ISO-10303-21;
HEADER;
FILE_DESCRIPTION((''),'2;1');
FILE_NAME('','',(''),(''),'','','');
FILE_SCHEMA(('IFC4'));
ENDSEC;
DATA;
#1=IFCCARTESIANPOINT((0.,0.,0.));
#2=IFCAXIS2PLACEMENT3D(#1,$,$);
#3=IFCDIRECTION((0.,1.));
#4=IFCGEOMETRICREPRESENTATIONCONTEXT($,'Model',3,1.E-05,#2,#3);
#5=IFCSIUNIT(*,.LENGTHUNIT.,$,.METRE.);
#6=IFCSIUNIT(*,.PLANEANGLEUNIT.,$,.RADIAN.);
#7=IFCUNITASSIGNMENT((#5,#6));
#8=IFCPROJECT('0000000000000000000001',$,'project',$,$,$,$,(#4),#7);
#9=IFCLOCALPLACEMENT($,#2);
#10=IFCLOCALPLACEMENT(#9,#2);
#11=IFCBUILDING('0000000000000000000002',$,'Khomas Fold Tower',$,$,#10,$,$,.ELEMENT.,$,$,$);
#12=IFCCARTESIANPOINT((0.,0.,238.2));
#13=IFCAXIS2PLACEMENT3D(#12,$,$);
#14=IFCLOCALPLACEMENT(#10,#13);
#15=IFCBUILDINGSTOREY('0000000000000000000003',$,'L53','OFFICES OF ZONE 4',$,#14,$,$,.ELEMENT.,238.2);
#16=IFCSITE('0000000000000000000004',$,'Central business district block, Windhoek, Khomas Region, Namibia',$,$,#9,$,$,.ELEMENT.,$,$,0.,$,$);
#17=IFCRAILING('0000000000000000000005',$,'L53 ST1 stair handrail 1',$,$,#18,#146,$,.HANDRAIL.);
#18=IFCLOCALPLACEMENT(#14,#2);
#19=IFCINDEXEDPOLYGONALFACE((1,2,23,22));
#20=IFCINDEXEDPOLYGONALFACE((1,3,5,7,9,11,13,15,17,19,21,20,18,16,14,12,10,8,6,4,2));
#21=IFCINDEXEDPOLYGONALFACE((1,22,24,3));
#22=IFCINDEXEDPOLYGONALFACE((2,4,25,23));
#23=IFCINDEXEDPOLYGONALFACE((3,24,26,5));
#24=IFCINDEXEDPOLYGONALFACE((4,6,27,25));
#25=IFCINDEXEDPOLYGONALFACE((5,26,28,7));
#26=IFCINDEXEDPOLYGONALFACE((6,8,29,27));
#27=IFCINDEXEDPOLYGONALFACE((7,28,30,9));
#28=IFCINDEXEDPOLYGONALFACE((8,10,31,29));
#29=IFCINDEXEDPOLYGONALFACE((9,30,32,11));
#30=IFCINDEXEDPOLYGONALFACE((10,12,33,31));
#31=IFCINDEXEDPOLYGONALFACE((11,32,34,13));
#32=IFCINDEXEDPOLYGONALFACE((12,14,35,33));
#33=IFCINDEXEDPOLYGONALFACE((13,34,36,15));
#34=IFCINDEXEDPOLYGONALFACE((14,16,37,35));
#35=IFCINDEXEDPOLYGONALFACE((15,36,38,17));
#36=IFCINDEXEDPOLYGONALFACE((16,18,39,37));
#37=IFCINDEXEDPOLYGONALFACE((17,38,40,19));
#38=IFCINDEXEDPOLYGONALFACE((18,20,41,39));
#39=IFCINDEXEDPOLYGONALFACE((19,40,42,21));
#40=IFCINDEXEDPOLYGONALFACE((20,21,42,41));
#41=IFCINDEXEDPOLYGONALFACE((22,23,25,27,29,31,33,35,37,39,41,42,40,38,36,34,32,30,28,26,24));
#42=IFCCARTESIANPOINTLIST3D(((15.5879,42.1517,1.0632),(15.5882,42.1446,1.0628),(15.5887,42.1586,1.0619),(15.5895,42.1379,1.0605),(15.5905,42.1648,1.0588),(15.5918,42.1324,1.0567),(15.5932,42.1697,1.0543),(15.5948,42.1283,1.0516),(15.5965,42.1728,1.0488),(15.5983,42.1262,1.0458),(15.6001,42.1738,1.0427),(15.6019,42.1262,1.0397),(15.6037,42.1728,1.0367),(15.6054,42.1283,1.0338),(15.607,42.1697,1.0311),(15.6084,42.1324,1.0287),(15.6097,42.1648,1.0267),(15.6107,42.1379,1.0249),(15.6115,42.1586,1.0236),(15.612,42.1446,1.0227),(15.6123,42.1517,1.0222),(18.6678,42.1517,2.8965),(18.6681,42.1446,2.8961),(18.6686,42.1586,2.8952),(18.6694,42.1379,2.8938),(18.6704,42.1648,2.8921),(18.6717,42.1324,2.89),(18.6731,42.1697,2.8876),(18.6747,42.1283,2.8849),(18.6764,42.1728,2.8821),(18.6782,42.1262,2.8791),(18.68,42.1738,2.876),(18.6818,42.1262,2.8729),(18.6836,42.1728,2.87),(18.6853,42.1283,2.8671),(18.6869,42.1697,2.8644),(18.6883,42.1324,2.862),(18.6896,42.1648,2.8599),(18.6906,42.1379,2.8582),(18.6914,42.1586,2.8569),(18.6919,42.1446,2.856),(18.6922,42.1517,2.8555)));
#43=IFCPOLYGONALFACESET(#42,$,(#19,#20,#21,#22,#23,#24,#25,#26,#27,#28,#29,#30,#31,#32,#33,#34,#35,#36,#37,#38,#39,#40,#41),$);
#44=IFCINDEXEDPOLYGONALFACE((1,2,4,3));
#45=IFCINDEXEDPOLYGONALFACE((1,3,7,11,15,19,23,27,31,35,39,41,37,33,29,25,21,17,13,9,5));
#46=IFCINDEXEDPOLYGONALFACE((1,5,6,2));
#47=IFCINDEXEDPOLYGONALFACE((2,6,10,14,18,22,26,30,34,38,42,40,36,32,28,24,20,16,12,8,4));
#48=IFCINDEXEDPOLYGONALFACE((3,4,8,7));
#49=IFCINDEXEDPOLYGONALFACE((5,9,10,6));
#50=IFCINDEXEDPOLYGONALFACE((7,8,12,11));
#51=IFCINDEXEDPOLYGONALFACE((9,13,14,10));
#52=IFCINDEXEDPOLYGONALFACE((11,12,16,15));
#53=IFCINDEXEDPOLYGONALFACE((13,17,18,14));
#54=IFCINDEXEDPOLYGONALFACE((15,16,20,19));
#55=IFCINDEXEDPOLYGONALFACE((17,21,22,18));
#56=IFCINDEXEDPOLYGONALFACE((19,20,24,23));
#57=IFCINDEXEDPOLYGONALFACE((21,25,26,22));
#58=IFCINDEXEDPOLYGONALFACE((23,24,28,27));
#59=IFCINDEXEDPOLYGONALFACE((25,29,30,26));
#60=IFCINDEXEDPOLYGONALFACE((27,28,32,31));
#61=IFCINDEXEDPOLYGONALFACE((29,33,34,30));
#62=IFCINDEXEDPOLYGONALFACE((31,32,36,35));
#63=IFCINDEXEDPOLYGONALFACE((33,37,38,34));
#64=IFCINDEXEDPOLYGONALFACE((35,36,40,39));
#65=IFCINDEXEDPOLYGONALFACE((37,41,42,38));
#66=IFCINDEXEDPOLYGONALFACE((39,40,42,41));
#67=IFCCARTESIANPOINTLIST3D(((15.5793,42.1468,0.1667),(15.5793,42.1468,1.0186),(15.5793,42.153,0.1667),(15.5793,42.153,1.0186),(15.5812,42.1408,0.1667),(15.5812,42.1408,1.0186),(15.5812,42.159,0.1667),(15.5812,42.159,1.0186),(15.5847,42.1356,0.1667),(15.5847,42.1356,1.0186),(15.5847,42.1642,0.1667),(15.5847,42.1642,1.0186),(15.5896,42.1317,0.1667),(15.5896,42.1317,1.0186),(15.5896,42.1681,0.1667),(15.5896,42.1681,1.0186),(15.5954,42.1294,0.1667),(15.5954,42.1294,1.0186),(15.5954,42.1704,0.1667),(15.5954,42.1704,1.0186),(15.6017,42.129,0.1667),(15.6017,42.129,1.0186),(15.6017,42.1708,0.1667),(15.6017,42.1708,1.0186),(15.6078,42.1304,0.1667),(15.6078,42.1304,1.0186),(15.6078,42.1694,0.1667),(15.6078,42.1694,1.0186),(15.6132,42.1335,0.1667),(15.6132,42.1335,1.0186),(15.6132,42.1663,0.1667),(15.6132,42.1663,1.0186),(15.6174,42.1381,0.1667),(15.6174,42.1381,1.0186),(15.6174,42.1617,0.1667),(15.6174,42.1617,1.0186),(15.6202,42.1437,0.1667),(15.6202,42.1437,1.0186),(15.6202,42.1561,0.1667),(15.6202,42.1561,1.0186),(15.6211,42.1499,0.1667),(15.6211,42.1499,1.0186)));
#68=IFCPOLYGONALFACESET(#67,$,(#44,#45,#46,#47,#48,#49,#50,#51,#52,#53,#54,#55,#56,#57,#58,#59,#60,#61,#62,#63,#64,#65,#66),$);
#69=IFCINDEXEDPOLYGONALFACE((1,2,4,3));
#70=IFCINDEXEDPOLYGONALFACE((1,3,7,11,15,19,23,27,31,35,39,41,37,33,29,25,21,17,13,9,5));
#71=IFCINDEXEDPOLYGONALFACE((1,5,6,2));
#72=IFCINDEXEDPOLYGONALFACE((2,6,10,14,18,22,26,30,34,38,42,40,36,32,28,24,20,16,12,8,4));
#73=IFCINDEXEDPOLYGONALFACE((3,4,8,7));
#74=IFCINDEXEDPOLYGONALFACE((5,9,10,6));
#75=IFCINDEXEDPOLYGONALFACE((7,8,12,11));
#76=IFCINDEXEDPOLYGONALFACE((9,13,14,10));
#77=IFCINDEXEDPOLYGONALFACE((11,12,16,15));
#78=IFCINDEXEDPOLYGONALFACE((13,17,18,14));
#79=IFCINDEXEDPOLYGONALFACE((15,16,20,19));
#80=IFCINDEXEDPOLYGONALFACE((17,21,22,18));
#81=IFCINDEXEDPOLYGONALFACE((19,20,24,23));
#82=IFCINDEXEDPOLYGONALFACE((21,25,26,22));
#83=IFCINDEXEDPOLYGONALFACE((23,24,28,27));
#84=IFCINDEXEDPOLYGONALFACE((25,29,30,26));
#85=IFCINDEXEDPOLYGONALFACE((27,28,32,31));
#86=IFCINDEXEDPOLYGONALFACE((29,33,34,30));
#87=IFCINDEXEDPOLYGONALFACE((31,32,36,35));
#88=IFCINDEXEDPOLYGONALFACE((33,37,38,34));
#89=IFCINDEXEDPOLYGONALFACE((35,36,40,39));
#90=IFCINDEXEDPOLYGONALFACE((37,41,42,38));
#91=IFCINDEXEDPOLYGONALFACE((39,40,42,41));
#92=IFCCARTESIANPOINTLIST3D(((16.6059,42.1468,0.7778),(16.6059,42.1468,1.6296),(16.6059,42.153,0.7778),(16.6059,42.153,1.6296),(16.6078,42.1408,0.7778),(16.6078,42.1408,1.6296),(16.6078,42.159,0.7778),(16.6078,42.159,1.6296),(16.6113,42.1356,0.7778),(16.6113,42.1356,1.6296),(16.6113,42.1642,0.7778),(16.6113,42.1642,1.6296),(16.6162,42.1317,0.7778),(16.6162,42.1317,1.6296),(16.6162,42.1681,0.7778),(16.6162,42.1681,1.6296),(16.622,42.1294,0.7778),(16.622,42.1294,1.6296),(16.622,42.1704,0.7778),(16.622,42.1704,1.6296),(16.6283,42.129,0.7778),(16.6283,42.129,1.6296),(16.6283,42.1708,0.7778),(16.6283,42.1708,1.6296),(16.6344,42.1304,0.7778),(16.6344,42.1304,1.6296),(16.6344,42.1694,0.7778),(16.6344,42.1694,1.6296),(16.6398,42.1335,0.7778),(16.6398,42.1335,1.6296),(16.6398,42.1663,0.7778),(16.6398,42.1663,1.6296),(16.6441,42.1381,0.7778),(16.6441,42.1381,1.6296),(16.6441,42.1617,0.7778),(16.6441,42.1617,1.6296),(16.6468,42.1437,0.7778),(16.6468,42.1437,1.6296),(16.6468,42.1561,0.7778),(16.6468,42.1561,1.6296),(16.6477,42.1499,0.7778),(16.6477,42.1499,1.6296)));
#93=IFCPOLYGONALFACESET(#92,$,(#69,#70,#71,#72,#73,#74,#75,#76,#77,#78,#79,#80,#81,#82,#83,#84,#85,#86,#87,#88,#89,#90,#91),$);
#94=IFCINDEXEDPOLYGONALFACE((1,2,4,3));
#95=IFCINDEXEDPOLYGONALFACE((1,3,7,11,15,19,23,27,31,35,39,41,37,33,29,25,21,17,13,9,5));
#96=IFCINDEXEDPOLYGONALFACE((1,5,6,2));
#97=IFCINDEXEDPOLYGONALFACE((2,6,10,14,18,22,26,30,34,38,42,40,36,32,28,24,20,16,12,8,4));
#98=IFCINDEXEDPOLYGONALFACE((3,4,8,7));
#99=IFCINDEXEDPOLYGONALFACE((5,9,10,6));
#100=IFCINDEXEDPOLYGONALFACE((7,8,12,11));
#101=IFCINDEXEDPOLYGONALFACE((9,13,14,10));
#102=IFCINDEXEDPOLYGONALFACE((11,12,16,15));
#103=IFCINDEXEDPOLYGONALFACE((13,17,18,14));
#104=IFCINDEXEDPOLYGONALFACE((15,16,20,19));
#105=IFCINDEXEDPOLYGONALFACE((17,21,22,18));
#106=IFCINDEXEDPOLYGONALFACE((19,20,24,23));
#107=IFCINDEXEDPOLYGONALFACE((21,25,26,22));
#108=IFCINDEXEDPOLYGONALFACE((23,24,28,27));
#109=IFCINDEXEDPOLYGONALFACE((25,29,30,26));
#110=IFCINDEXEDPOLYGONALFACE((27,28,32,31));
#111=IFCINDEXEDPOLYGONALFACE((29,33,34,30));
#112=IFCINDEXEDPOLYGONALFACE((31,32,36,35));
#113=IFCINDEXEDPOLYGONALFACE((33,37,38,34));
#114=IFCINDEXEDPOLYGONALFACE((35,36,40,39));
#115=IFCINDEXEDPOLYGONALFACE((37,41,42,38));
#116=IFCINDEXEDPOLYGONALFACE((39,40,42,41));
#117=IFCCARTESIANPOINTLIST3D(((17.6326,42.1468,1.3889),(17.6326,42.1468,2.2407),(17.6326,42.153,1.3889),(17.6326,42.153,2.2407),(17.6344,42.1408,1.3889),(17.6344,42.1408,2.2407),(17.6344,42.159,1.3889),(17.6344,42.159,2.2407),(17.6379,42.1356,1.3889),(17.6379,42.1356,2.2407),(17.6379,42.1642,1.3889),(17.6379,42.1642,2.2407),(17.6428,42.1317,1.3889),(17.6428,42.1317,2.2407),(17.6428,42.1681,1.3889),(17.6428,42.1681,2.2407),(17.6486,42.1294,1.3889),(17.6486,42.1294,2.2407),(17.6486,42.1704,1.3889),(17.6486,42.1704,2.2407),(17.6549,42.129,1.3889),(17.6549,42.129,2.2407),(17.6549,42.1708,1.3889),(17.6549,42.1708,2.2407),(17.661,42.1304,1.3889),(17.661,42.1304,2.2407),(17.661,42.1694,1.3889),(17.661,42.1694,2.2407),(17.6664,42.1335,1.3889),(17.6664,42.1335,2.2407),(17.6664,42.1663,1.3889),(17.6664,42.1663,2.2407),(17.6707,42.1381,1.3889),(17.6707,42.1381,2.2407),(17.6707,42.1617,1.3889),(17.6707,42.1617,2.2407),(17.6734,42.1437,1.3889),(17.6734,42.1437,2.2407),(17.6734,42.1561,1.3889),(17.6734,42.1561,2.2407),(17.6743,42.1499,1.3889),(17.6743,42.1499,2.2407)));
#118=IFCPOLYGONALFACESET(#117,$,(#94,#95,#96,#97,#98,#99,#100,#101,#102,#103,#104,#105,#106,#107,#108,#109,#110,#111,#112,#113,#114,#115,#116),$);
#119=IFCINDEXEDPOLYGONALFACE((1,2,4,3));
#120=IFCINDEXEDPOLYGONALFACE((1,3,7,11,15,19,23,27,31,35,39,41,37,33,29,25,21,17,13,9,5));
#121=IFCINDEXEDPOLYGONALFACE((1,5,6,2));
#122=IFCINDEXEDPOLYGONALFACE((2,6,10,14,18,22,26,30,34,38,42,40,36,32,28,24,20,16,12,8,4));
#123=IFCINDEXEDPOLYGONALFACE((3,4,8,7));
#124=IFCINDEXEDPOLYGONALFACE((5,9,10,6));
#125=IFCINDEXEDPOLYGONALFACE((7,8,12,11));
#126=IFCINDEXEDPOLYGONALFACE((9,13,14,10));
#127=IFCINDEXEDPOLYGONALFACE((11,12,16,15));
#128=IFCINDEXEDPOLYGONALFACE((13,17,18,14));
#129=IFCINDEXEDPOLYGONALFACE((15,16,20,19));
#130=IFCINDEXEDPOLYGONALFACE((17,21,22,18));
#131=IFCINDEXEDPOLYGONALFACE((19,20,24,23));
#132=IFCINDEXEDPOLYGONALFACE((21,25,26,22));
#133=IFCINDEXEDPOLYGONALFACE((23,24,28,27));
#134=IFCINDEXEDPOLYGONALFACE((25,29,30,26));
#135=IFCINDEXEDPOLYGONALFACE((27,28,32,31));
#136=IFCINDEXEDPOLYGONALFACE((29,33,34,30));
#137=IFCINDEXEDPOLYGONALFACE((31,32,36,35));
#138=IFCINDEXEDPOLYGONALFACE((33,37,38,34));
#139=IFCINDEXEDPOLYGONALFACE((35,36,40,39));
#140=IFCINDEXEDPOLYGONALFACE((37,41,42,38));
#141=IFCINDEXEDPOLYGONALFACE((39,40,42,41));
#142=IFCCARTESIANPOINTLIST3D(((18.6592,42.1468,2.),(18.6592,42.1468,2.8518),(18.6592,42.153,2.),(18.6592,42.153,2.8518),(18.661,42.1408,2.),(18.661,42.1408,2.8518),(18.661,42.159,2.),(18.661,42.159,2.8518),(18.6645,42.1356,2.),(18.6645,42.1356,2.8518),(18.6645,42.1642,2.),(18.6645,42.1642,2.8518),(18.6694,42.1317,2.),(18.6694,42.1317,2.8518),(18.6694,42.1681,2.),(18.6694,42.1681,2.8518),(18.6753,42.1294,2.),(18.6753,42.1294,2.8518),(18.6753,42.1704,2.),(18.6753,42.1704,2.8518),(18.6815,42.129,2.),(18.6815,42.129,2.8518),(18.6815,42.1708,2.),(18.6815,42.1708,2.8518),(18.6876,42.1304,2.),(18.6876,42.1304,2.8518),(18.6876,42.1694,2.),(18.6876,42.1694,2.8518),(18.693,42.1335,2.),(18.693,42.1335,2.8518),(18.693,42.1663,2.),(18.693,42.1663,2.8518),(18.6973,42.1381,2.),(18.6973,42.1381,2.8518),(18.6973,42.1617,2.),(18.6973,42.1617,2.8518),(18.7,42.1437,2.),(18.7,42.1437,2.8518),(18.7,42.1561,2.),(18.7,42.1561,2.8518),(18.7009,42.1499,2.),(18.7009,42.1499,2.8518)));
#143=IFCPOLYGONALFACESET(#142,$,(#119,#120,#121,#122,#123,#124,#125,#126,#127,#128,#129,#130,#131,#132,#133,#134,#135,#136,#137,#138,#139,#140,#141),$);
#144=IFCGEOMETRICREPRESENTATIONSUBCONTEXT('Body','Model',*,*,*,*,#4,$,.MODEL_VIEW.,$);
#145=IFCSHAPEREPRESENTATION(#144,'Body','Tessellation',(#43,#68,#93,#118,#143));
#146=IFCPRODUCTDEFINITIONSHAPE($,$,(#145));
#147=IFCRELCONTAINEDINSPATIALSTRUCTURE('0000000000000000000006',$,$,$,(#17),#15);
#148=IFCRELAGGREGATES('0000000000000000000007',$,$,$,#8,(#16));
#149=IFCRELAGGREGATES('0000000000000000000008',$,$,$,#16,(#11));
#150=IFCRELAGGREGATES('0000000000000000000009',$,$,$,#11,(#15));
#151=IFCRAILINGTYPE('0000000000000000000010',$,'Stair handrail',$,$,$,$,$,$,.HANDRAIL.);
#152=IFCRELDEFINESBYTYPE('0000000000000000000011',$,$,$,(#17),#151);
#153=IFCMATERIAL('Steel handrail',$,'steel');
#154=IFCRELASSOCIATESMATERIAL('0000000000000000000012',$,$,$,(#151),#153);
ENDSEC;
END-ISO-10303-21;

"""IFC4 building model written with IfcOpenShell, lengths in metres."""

from ifc_helpers import new_model, si_unit, direction, frame, origin, origin_2d, place, context, subcontext, project, spatial, circle, extrude, source, transform, mapped, material, type_object, element, save


model = new_model("IFC4")

# Units and contexts
model_context = context("Model", 3, precision=1e-05, world=origin(), true_north=direction((0.0, 1.0)))
body_context = subcontext(model_context, "Body", "Model", "MODEL_VIEW")
ifc_project = project(units=[si_unit("LENGTHUNIT", "METRE"), si_unit("PLANEANGLEUNIT", "RADIAN")], contexts=[model_context])

# Site, building, storey
site_placement = place(None, origin())
site = spatial("IfcSite", under=ifc_project, at=site_placement, Name="Central business district block, Windhoek, Khomas Region, Namibia", CompositionType="ELEMENT", RefElevation=0.0)
building_placement = place(site_placement, origin())
building = spatial("IfcBuilding", under=site, at=building_placement, Name="Khomas Fold Tower", CompositionType="ELEMENT")
storey_placement = place(building_placement, frame((0.0, 0.0, 238.2)))
storey = spatial("IfcBuildingStorey", under=building, at=storey_placement, Name="L53", Description="OFFICES OF ZONE 4", CompositionType="ELEMENT", Elevation=238.2)

# Railing
ifc_material_1 = material(Name="Steel handrail", Category="steel")
railing_type_1 = type_object("IfcRailingType", Name="Stair handrail", PredefinedType="HANDRAIL", material=ifc_material_1)
shared_shape_1 = source(origin(), body_context, "Body", "SweptSolid", [
    extrude(circle(Radius=0.0239, at=origin_2d()), frame((0.0, 0.0, 0.876), z_axis=(0.859291, 0.0, 0.511487), x_axis=(0.0, 1.0, 0.0)), (0.0, 0.0, 1.0), 3.5842),
    extrude(circle(Radius=0.021, at=origin_2d()), origin(), (0.0, 0.0, 1.0), 0.8518),
    extrude(circle(Radius=0.021, at=origin_2d()), frame((1.0266, 0.0, 0.6111)), (0.0, 0.0, 1.0), 0.8518),
    extrude(circle(Radius=0.021, at=origin_2d()), frame((2.0532, 0.0, 1.2222)), (0.0, 0.0, 1.0), 0.8518),
    extrude(circle(Radius=0.021, at=origin_2d()), frame((3.0798, 0.0, 1.8333)), (0.0, 0.0, 1.0), 0.8518),
])
railing_1_placement = place(storey_placement, frame((15.6001, 42.1499, 0.1667)))
element("IfcRailing", 1, at=railing_1_placement, inside=storey, type_object=railing_type_1, Name="L53 ST1 stair handrail 1", PredefinedType="HANDRAIL", context=body_context, shape_type="MappedRepresentation", body=[
    mapped(shared_shape_1, transform((0.0, 0.0, 0.0))),
])

save(model, "model.ifc")
